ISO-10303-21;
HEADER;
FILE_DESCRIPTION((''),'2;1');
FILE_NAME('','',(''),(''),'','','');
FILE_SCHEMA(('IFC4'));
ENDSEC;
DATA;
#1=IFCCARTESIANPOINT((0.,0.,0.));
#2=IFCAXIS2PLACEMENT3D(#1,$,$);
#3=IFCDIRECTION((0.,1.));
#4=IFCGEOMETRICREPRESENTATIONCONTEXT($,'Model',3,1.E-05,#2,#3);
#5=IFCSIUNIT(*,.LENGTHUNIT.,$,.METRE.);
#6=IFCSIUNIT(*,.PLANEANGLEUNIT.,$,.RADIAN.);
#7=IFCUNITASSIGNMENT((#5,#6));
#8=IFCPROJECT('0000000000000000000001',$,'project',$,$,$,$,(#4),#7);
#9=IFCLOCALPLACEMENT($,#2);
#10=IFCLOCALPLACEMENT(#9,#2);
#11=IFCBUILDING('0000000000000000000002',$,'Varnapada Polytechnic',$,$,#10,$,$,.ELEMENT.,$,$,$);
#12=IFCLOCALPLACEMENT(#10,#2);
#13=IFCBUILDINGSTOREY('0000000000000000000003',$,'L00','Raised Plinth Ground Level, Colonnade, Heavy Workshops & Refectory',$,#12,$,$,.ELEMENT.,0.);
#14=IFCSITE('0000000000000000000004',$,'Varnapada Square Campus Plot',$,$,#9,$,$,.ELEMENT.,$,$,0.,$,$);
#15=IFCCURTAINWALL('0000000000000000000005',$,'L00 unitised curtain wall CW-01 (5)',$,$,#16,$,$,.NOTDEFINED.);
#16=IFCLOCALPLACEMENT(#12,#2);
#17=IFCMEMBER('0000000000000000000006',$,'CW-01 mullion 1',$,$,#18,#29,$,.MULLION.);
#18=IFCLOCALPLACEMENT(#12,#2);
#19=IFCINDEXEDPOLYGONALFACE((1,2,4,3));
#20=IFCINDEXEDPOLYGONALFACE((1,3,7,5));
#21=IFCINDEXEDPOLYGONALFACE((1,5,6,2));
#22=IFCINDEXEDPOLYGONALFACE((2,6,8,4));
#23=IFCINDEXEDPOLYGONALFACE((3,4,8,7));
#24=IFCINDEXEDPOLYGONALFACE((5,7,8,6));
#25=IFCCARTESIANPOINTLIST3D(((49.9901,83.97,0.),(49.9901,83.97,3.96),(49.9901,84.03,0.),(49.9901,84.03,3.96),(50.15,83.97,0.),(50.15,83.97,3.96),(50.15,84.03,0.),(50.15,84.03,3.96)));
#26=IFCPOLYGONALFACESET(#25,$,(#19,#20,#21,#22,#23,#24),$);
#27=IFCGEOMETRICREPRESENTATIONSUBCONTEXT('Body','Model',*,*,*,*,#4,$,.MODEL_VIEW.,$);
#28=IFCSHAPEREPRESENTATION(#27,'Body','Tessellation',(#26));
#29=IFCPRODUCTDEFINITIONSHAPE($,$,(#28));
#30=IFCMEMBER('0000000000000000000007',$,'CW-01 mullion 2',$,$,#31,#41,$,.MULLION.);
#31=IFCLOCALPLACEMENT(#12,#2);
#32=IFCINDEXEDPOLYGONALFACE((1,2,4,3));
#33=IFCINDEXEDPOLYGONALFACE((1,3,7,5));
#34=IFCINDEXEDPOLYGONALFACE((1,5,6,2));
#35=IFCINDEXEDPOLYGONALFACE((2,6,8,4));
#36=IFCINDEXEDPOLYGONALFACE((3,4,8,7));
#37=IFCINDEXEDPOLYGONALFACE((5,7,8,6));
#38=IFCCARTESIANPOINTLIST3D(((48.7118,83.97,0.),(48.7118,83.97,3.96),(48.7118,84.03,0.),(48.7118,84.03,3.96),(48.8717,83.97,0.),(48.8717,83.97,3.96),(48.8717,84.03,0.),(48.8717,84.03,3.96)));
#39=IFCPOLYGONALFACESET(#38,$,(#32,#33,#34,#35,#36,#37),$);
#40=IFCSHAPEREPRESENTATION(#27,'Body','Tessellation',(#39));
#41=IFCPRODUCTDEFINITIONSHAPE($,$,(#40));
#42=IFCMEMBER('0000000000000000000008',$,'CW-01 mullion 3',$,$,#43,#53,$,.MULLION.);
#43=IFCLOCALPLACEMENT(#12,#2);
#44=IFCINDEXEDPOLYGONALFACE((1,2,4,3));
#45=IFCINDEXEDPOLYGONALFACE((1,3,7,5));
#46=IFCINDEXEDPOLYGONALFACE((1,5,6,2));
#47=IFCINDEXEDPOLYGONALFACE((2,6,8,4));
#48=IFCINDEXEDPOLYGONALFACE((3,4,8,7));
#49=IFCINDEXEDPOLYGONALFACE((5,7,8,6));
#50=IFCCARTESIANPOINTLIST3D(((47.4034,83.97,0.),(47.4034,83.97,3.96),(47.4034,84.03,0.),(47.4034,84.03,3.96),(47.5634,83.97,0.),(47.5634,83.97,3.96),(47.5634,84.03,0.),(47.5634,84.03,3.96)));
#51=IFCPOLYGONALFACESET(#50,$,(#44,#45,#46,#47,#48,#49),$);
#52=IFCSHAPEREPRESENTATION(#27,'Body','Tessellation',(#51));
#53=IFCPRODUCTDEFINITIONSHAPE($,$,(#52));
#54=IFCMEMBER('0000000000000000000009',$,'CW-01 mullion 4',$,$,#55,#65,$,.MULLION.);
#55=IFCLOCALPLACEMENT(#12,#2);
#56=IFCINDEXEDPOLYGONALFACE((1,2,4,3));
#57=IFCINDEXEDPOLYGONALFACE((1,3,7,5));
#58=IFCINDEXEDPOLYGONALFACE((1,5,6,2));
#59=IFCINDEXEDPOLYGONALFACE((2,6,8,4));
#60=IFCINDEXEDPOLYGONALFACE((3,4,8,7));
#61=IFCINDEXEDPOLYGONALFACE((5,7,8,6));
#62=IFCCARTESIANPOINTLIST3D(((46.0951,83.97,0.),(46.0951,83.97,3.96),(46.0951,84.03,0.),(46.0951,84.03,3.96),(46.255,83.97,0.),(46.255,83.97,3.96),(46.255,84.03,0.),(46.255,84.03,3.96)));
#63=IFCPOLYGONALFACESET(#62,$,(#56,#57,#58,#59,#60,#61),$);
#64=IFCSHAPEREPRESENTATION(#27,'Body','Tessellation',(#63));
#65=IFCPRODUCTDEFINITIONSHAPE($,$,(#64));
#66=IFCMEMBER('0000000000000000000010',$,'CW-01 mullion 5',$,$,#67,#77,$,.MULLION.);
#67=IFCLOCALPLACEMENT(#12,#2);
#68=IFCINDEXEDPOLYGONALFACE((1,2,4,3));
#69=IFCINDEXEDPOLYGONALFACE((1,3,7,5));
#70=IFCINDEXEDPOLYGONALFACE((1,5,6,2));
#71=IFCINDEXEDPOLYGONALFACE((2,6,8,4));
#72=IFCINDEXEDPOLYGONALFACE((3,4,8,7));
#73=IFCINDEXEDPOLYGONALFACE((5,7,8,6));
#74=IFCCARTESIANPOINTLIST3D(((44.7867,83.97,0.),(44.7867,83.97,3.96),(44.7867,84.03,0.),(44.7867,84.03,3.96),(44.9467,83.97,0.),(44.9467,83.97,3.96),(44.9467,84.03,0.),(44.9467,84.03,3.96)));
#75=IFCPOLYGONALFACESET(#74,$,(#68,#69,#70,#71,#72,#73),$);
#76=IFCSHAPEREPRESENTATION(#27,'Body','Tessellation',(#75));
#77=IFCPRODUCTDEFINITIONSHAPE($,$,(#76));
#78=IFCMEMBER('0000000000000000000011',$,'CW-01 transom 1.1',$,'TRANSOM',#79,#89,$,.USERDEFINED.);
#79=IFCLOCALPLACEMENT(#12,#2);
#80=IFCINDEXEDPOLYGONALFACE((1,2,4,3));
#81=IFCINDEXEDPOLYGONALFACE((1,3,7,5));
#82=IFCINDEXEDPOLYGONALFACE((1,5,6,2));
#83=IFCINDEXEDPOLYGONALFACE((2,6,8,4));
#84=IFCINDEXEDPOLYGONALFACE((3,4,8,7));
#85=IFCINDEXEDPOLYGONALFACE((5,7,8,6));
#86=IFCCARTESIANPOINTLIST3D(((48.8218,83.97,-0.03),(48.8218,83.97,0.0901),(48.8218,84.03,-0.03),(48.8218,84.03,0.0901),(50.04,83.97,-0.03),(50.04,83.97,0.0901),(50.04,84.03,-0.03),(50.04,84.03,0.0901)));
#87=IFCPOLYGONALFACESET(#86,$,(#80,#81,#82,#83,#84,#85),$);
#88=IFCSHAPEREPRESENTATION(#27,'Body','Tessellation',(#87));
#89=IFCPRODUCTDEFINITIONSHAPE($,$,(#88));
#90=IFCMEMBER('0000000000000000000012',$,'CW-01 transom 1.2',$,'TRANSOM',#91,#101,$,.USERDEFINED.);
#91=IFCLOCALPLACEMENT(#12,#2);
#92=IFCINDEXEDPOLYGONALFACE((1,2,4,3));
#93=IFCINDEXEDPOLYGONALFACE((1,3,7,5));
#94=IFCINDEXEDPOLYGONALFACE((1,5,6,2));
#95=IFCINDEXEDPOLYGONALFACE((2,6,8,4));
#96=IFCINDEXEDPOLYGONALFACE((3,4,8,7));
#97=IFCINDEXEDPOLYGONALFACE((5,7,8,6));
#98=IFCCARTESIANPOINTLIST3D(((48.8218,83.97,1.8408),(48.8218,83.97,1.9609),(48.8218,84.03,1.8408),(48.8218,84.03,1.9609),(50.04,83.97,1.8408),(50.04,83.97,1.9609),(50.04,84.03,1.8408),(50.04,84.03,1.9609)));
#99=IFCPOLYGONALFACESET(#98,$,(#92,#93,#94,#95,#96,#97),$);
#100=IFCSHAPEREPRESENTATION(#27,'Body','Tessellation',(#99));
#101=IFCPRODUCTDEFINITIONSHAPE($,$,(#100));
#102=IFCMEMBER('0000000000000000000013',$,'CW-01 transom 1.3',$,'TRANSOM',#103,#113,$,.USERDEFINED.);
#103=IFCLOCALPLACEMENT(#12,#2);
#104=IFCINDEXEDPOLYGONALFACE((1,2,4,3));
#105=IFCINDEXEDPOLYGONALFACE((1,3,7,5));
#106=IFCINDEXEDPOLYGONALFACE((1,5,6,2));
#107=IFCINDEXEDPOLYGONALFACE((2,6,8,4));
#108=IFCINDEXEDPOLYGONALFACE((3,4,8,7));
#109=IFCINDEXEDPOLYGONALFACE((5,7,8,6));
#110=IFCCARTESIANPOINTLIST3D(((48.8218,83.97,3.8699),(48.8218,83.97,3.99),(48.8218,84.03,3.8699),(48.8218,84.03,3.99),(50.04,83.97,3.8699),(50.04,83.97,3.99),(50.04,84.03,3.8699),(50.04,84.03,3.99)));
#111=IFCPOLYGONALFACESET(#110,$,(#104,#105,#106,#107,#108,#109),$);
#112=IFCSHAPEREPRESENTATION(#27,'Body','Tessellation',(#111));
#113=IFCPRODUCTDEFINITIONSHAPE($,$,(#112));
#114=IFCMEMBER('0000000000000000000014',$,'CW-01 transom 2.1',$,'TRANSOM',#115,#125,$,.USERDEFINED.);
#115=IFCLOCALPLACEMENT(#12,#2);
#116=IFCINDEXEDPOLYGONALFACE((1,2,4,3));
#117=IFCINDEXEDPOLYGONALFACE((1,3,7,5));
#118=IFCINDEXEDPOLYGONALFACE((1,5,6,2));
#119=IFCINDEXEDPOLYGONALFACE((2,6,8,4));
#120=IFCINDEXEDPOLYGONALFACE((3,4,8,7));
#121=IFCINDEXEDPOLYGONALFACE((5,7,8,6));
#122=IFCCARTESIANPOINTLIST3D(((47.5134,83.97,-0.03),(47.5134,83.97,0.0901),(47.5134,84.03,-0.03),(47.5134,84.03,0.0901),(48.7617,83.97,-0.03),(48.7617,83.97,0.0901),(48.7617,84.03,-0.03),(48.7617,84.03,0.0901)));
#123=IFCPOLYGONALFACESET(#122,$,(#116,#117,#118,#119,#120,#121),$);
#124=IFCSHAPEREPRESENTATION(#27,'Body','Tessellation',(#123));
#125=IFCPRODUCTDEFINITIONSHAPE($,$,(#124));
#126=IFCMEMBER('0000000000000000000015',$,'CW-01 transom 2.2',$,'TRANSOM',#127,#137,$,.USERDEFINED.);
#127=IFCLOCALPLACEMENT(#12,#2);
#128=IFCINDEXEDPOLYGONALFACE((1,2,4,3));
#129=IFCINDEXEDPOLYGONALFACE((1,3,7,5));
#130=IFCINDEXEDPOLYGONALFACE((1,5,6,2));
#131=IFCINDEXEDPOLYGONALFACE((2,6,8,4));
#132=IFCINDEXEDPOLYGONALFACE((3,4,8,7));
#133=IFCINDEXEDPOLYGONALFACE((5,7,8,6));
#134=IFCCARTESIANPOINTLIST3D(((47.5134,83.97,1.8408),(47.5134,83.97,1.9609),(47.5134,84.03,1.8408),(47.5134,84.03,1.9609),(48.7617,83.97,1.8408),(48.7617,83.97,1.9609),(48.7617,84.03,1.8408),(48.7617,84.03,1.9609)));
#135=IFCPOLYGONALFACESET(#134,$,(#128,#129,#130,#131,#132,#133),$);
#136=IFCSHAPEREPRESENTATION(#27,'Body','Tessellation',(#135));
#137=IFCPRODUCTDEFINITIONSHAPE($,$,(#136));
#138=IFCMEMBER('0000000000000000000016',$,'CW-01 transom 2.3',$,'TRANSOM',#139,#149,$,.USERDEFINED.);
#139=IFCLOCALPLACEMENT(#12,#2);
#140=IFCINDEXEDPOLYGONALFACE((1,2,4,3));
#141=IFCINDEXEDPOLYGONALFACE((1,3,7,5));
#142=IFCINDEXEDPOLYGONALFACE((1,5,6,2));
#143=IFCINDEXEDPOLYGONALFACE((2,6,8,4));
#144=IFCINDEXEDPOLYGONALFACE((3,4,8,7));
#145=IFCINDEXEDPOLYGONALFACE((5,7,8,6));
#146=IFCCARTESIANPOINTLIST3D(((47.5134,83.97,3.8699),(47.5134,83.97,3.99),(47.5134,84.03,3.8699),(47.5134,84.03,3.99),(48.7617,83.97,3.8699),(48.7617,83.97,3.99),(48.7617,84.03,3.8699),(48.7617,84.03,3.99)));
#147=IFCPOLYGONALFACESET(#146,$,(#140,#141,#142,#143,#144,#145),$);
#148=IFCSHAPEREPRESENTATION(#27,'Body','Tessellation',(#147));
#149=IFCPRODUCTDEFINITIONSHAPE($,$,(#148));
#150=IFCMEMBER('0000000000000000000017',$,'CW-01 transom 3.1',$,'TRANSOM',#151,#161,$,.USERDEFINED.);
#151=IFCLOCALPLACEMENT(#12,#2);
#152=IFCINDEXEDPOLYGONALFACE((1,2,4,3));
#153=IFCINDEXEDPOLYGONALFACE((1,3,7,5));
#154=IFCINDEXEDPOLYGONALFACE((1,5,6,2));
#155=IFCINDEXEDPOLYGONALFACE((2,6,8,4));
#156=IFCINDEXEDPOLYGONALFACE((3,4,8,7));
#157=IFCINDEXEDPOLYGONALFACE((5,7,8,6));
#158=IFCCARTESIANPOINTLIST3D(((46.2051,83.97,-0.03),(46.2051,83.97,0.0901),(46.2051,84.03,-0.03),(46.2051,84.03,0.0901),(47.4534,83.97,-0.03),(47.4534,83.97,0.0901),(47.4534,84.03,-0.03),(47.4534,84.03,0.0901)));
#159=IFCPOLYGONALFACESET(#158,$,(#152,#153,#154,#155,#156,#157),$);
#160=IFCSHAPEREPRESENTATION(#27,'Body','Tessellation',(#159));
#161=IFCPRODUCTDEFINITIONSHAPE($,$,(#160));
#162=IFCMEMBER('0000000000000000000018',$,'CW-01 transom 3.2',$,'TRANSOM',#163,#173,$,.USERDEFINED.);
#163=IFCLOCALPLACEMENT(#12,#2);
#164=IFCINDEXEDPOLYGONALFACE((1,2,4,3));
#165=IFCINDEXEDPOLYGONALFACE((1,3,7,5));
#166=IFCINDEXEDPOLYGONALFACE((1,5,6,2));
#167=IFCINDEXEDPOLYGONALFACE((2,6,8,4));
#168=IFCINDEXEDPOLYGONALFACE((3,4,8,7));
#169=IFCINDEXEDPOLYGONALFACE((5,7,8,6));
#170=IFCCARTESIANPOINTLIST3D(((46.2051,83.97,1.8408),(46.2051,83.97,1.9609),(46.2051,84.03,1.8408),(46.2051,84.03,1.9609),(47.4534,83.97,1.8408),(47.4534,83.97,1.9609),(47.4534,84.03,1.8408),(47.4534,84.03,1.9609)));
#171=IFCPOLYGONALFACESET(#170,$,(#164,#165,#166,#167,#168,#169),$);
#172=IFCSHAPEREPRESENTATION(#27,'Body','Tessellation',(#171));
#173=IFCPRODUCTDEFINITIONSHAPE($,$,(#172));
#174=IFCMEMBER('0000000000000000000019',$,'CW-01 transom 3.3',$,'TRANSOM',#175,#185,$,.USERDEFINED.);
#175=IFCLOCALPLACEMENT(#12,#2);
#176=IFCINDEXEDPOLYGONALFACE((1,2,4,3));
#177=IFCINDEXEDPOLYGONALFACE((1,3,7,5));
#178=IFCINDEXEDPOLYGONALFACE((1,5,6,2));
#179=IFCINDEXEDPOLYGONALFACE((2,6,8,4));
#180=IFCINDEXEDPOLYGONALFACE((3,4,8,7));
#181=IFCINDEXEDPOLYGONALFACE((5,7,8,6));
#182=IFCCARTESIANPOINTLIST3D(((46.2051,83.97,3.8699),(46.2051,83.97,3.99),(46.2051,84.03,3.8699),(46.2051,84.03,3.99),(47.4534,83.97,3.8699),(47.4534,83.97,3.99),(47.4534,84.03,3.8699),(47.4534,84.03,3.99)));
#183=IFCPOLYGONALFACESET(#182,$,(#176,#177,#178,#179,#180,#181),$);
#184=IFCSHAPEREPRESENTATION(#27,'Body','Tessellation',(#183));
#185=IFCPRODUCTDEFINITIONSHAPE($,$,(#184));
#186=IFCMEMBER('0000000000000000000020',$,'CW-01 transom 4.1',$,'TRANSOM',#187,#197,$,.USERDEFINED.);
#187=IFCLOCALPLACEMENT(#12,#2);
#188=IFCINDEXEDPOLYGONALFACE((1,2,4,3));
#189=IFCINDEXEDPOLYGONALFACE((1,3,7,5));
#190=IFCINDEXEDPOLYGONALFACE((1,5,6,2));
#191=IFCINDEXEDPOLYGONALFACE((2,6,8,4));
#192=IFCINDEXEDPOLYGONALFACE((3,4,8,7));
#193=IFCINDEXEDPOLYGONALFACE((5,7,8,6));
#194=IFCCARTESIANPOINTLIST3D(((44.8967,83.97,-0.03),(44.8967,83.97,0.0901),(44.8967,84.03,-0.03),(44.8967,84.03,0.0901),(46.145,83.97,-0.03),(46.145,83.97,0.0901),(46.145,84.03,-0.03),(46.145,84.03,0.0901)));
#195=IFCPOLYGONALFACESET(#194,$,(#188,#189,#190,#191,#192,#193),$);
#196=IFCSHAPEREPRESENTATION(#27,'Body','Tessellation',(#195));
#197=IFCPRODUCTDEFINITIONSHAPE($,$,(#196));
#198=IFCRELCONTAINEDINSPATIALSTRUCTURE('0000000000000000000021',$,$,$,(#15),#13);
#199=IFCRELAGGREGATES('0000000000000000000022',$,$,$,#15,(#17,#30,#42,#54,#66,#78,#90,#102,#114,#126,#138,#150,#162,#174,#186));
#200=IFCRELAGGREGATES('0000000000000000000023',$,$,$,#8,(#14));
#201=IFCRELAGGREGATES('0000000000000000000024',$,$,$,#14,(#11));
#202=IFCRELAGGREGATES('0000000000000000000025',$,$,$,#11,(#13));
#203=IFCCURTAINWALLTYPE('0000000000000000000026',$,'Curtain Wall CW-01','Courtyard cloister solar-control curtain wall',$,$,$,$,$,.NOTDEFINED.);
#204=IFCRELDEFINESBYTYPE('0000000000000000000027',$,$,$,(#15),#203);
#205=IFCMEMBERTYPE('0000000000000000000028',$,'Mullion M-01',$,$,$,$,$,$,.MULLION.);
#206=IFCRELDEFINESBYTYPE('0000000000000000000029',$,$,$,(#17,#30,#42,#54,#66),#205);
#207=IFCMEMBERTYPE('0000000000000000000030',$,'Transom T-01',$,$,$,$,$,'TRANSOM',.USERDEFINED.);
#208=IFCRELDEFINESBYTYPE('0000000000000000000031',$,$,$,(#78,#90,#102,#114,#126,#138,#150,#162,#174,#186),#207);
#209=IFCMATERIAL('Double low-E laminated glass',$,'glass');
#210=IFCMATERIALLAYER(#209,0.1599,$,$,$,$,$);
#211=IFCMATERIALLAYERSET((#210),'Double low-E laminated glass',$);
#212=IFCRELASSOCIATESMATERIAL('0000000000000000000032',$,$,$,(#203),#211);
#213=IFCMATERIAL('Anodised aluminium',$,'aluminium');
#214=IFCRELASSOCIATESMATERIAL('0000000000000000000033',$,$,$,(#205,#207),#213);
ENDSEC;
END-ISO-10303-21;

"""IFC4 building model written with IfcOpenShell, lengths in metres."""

from ifc_helpers import new_model, si_unit, direction, frame, origin, origin_2d, place, context, subcontext, project, spatial, rectangle, extrude, material, layer, layer_set, material_profile, profile_set, type_object, element, aggregate, save


model = new_model("IFC4")

# Units and contexts
model_context = context("Model", 3, precision=1e-05, world=origin(), true_north=direction((0.0, 1.0)))
body_context = subcontext(model_context, "Body", "Model", "MODEL_VIEW")
ifc_project = project(units=[si_unit("LENGTHUNIT", "METRE"), si_unit("PLANEANGLEUNIT", "RADIAN")], contexts=[model_context])

# Site, building, storey
site_placement = place(None, origin())
site = spatial("IfcSite", under=ifc_project, at=site_placement, Name="Varnapada Square Campus Plot", CompositionType="ELEMENT", RefElevation=0.0)
building_placement = place(site_placement, origin())
building = spatial("IfcBuilding", under=site, at=building_placement, Name="Varnapada Polytechnic", CompositionType="ELEMENT")
storey_placement = place(building_placement, origin())
storey = spatial("IfcBuildingStorey", under=building, at=storey_placement, Name="L00", Description="Raised Plinth Ground Level, Colonnade, Heavy Workshops & Refectory", CompositionType="ELEMENT", Elevation=0.0)

# Curtain wall, members
ifc_material_1 = material(Name="Double low-E laminated glass", Category="glass")
ifc_layer_1 = layer(ifc_material_1, 0.1599)
ifc_layer_set_1 = layer_set([ifc_layer_1], Name="Double low-E laminated glass")
curtain_wall_type = type_object("IfcCurtainWallType", Name="Curtain Wall CW-01", Description="Courtyard cloister solar-control curtain wall", PredefinedType="NOTDEFINED", material=ifc_layer_set_1)
curtain_wall_placement = place(storey_placement, origin())
curtain_wall = element("IfcCurtainWall", 1, at=curtain_wall_placement, inside=storey, type_object=curtain_wall_type, Name="L00 unitised curtain wall CW-01 (5)", PredefinedType="NOTDEFINED")
ifc_material_2 = material(Name="Anodised aluminium", Category="aluminium")
ifc_material_profile_1 = material_profile(ifc_material_2, rectangle(XDim=0.0601, YDim=0.1599, at=origin_2d()), Name="ALU M60x160")
ifc_profile_set_1 = profile_set([ifc_material_profile_1], Name="Anodised aluminium")
member_type_1 = type_object("IfcMemberType", Name="Mullion M-01", PredefinedType="MULLION", material=ifc_profile_set_1)
member_1_placement = place(storey_placement, frame((50.0701, 84.0, 0.0), z_axis=(0.0, 0.0, 1.0), x_axis=(0.0, -1.0, 0.0)))
member_1 = element("IfcMember", 2, at=member_1_placement, type_object=member_type_1, Name="CW-01 mullion 1", PredefinedType="MULLION", context=body_context, shape_type="SweptSolid", body=[
    extrude(rectangle(XDim=0.0601, YDim=0.1599, at=origin_2d()), origin(), (0.0, 0.0, 1.0), 3.96),
])
member_2_placement = place(storey_placement, frame((48.7917, 84.0, 0.0), z_axis=(0.0, 0.0, 1.0), x_axis=(0.0, -1.0, 0.0)))
member_2 = element("IfcMember", 3, at=member_2_placement, type_object=member_type_1, Name="CW-01 mullion 2", PredefinedType="MULLION", context=body_context, shape_type="SweptSolid", body=[
    extrude(rectangle(XDim=0.0601, YDim=0.1599, at=origin_2d()), origin(), (0.0, 0.0, 1.0), 3.96),
])
member_3_placement = place(storey_placement, frame((47.4834, 84.0, 0.0), z_axis=(0.0, 0.0, 1.0), x_axis=(0.0, -1.0, 0.0)))
member_3 = element("IfcMember", 4, at=member_3_placement, type_object=member_type_1, Name="CW-01 mullion 3", PredefinedType="MULLION", context=body_context, shape_type="SweptSolid", body=[
    extrude(rectangle(XDim=0.0601, YDim=0.1599, at=origin_2d()), origin(), (0.0, 0.0, 1.0), 3.96),
])
member_4_placement = place(storey_placement, frame((46.175, 84.0, 0.0), z_axis=(0.0, 0.0, 1.0), x_axis=(0.0, -1.0, 0.0)))
member_4 = element("IfcMember", 5, at=member_4_placement, type_object=member_type_1, Name="CW-01 mullion 4", PredefinedType="MULLION", context=body_context, shape_type="SweptSolid", body=[
    extrude(rectangle(XDim=0.0601, YDim=0.1599, at=origin_2d()), origin(), (0.0, 0.0, 1.0), 3.96),
])
member_5_placement = place(storey_placement, frame((44.8667, 84.0, 0.0), z_axis=(0.0, 0.0, 1.0), x_axis=(0.0, -1.0, 0.0)))
member_5 = element("IfcMember", 6, at=member_5_placement, type_object=member_type_1, Name="CW-01 mullion 5", PredefinedType="MULLION", context=body_context, shape_type="SweptSolid", body=[
    extrude(rectangle(XDim=0.0601, YDim=0.1599, at=origin_2d()), origin(), (0.0, 0.0, 1.0), 3.96),
])
ifc_material_profile_2 = material_profile(ifc_material_2, rectangle(XDim=0.0601, YDim=0.1201, at=origin_2d()), Name="ALU T60x120")
ifc_profile_set_2 = profile_set([ifc_material_profile_2], Name="Anodised aluminium")
member_type_2 = type_object("IfcMemberType", Name="Transom T-01", ElementType="TRANSOM", PredefinedType="USERDEFINED", material=ifc_profile_set_2)
member_6_placement = place(storey_placement, frame((50.04, 84.0, 0.03), z_axis=(-1.0, 0.0, 0.0), x_axis=(0.0, -1.0, 0.0)))
member_6 = element("IfcMember", 7, at=member_6_placement, type_object=member_type_2, Name="CW-01 transom 1.1", ObjectType="TRANSOM", PredefinedType="USERDEFINED", context=body_context, shape_type="SweptSolid", body=[
    extrude(rectangle(XDim=0.0601, YDim=0.1201, at=origin_2d()), origin(), (0.0, 0.0, 1.0), 1.2183),
])
member_7_placement = place(storey_placement, frame((50.04, 84.0, 1.9009), z_axis=(-1.0, 0.0, 0.0), x_axis=(0.0, -1.0, 0.0)))
member_7 = element("IfcMember", 8, at=member_7_placement, type_object=member_type_2, Name="CW-01 transom 1.2", ObjectType="TRANSOM", PredefinedType="USERDEFINED", context=body_context, shape_type="SweptSolid", body=[
    extrude(rectangle(XDim=0.0601, YDim=0.1201, at=origin_2d()), origin(), (0.0, 0.0, 1.0), 1.2183),
])
member_8_placement = place(storey_placement, frame((50.04, 84.0, 3.9299), z_axis=(-1.0, 0.0, 0.0), x_axis=(0.0, -1.0, 0.0)))
member_8 = element("IfcMember", 9, at=member_8_placement, type_object=member_type_2, Name="CW-01 transom 1.3", ObjectType="TRANSOM", PredefinedType="USERDEFINED", context=body_context, shape_type="SweptSolid", body=[
    extrude(rectangle(XDim=0.0601, YDim=0.1201, at=origin_2d()), origin(), (0.0, 0.0, 1.0), 1.2183),
])
member_9_placement = place(storey_placement, frame((48.7617, 84.0, 0.03), z_axis=(-1.0, 0.0, 0.0), x_axis=(0.0, -1.0, 0.0)))
member_9 = element("IfcMember", 10, at=member_9_placement, type_object=member_type_2, Name="CW-01 transom 2.1", ObjectType="TRANSOM", PredefinedType="USERDEFINED", context=body_context, shape_type="SweptSolid", body=[
    extrude(rectangle(XDim=0.0601, YDim=0.1201, at=origin_2d()), origin(), (0.0, 0.0, 1.0), 1.2483),
])
member_10_placement = place(storey_placement, frame((48.7617, 84.0, 1.9009), z_axis=(-1.0, 0.0, 0.0), x_axis=(0.0, -1.0, 0.0)))
member_10 = element("IfcMember", 11, at=member_10_placement, type_object=member_type_2, Name="CW-01 transom 2.2", ObjectType="TRANSOM", PredefinedType="USERDEFINED", context=body_context, shape_type="SweptSolid", body=[
    extrude(rectangle(XDim=0.0601, YDim=0.1201, at=origin_2d()), origin(), (0.0, 0.0, 1.0), 1.2483),
])
member_11_placement = place(storey_placement, frame((48.7617, 84.0, 3.9299), z_axis=(-1.0, 0.0, 0.0), x_axis=(0.0, -1.0, 0.0)))
member_11 = element("IfcMember", 12, at=member_11_placement, type_object=member_type_2, Name="CW-01 transom 2.3", ObjectType="TRANSOM", PredefinedType="USERDEFINED", context=body_context, shape_type="SweptSolid", body=[
    extrude(rectangle(XDim=0.0601, YDim=0.1201, at=origin_2d()), origin(), (0.0, 0.0, 1.0), 1.2483),
])
member_12_placement = place(storey_placement, frame((47.4534, 84.0, 0.03), z_axis=(-1.0, 0.0, 0.0), x_axis=(0.0, -1.0, 0.0)))
member_12 = element("IfcMember", 13, at=member_12_placement, type_object=member_type_2, Name="CW-01 transom 3.1", ObjectType="TRANSOM", PredefinedType="USERDEFINED", context=body_context, shape_type="SweptSolid", body=[
    extrude(rectangle(XDim=0.0601, YDim=0.1201, at=origin_2d()), origin(), (0.0, 0.0, 1.0), 1.2483),
])
member_13_placement = place(storey_placement, frame((47.4534, 84.0, 1.9009), z_axis=(-1.0, 0.0, 0.0), x_axis=(0.0, -1.0, 0.0)))
member_13 = element("IfcMember", 14, at=member_13_placement, type_object=member_type_2, Name="CW-01 transom 3.2", ObjectType="TRANSOM", PredefinedType="USERDEFINED", context=body_context, shape_type="SweptSolid", body=[
    extrude(rectangle(XDim=0.0601, YDim=0.1201, at=origin_2d()), origin(), (0.0, 0.0, 1.0), 1.2483),
])
member_14_placement = place(storey_placement, frame((47.4534, 84.0, 3.9299), z_axis=(-1.0, 0.0, 0.0), x_axis=(0.0, -1.0, 0.0)))
member_14 = element("IfcMember", 15, at=member_14_placement, type_object=member_type_2, Name="CW-01 transom 3.3", ObjectType="TRANSOM", PredefinedType="USERDEFINED", context=body_context, shape_type="SweptSolid", body=[
    extrude(rectangle(XDim=0.0601, YDim=0.1201, at=origin_2d()), origin(), (0.0, 0.0, 1.0), 1.2483),
])
member_15_placement = place(storey_placement, frame((46.145, 84.0, 0.03), z_axis=(-1.0, 0.0, 0.0), x_axis=(0.0, -1.0, 0.0)))
member_15 = element("IfcMember", 16, at=member_15_placement, type_object=member_type_2, Name="CW-01 transom 4.1", ObjectType="TRANSOM", PredefinedType="USERDEFINED", context=body_context, shape_type="SweptSolid", body=[
    extrude(rectangle(XDim=0.0601, YDim=0.1201, at=origin_2d()), origin(), (0.0, 0.0, 1.0), 1.2483),
])
aggregate(curtain_wall, [member_1, member_2, member_3, member_4, member_5, member_6, member_7, member_8, member_9, member_10, member_11, member_12, member_13, member_14, member_15])

save(model, "model.ifc")
